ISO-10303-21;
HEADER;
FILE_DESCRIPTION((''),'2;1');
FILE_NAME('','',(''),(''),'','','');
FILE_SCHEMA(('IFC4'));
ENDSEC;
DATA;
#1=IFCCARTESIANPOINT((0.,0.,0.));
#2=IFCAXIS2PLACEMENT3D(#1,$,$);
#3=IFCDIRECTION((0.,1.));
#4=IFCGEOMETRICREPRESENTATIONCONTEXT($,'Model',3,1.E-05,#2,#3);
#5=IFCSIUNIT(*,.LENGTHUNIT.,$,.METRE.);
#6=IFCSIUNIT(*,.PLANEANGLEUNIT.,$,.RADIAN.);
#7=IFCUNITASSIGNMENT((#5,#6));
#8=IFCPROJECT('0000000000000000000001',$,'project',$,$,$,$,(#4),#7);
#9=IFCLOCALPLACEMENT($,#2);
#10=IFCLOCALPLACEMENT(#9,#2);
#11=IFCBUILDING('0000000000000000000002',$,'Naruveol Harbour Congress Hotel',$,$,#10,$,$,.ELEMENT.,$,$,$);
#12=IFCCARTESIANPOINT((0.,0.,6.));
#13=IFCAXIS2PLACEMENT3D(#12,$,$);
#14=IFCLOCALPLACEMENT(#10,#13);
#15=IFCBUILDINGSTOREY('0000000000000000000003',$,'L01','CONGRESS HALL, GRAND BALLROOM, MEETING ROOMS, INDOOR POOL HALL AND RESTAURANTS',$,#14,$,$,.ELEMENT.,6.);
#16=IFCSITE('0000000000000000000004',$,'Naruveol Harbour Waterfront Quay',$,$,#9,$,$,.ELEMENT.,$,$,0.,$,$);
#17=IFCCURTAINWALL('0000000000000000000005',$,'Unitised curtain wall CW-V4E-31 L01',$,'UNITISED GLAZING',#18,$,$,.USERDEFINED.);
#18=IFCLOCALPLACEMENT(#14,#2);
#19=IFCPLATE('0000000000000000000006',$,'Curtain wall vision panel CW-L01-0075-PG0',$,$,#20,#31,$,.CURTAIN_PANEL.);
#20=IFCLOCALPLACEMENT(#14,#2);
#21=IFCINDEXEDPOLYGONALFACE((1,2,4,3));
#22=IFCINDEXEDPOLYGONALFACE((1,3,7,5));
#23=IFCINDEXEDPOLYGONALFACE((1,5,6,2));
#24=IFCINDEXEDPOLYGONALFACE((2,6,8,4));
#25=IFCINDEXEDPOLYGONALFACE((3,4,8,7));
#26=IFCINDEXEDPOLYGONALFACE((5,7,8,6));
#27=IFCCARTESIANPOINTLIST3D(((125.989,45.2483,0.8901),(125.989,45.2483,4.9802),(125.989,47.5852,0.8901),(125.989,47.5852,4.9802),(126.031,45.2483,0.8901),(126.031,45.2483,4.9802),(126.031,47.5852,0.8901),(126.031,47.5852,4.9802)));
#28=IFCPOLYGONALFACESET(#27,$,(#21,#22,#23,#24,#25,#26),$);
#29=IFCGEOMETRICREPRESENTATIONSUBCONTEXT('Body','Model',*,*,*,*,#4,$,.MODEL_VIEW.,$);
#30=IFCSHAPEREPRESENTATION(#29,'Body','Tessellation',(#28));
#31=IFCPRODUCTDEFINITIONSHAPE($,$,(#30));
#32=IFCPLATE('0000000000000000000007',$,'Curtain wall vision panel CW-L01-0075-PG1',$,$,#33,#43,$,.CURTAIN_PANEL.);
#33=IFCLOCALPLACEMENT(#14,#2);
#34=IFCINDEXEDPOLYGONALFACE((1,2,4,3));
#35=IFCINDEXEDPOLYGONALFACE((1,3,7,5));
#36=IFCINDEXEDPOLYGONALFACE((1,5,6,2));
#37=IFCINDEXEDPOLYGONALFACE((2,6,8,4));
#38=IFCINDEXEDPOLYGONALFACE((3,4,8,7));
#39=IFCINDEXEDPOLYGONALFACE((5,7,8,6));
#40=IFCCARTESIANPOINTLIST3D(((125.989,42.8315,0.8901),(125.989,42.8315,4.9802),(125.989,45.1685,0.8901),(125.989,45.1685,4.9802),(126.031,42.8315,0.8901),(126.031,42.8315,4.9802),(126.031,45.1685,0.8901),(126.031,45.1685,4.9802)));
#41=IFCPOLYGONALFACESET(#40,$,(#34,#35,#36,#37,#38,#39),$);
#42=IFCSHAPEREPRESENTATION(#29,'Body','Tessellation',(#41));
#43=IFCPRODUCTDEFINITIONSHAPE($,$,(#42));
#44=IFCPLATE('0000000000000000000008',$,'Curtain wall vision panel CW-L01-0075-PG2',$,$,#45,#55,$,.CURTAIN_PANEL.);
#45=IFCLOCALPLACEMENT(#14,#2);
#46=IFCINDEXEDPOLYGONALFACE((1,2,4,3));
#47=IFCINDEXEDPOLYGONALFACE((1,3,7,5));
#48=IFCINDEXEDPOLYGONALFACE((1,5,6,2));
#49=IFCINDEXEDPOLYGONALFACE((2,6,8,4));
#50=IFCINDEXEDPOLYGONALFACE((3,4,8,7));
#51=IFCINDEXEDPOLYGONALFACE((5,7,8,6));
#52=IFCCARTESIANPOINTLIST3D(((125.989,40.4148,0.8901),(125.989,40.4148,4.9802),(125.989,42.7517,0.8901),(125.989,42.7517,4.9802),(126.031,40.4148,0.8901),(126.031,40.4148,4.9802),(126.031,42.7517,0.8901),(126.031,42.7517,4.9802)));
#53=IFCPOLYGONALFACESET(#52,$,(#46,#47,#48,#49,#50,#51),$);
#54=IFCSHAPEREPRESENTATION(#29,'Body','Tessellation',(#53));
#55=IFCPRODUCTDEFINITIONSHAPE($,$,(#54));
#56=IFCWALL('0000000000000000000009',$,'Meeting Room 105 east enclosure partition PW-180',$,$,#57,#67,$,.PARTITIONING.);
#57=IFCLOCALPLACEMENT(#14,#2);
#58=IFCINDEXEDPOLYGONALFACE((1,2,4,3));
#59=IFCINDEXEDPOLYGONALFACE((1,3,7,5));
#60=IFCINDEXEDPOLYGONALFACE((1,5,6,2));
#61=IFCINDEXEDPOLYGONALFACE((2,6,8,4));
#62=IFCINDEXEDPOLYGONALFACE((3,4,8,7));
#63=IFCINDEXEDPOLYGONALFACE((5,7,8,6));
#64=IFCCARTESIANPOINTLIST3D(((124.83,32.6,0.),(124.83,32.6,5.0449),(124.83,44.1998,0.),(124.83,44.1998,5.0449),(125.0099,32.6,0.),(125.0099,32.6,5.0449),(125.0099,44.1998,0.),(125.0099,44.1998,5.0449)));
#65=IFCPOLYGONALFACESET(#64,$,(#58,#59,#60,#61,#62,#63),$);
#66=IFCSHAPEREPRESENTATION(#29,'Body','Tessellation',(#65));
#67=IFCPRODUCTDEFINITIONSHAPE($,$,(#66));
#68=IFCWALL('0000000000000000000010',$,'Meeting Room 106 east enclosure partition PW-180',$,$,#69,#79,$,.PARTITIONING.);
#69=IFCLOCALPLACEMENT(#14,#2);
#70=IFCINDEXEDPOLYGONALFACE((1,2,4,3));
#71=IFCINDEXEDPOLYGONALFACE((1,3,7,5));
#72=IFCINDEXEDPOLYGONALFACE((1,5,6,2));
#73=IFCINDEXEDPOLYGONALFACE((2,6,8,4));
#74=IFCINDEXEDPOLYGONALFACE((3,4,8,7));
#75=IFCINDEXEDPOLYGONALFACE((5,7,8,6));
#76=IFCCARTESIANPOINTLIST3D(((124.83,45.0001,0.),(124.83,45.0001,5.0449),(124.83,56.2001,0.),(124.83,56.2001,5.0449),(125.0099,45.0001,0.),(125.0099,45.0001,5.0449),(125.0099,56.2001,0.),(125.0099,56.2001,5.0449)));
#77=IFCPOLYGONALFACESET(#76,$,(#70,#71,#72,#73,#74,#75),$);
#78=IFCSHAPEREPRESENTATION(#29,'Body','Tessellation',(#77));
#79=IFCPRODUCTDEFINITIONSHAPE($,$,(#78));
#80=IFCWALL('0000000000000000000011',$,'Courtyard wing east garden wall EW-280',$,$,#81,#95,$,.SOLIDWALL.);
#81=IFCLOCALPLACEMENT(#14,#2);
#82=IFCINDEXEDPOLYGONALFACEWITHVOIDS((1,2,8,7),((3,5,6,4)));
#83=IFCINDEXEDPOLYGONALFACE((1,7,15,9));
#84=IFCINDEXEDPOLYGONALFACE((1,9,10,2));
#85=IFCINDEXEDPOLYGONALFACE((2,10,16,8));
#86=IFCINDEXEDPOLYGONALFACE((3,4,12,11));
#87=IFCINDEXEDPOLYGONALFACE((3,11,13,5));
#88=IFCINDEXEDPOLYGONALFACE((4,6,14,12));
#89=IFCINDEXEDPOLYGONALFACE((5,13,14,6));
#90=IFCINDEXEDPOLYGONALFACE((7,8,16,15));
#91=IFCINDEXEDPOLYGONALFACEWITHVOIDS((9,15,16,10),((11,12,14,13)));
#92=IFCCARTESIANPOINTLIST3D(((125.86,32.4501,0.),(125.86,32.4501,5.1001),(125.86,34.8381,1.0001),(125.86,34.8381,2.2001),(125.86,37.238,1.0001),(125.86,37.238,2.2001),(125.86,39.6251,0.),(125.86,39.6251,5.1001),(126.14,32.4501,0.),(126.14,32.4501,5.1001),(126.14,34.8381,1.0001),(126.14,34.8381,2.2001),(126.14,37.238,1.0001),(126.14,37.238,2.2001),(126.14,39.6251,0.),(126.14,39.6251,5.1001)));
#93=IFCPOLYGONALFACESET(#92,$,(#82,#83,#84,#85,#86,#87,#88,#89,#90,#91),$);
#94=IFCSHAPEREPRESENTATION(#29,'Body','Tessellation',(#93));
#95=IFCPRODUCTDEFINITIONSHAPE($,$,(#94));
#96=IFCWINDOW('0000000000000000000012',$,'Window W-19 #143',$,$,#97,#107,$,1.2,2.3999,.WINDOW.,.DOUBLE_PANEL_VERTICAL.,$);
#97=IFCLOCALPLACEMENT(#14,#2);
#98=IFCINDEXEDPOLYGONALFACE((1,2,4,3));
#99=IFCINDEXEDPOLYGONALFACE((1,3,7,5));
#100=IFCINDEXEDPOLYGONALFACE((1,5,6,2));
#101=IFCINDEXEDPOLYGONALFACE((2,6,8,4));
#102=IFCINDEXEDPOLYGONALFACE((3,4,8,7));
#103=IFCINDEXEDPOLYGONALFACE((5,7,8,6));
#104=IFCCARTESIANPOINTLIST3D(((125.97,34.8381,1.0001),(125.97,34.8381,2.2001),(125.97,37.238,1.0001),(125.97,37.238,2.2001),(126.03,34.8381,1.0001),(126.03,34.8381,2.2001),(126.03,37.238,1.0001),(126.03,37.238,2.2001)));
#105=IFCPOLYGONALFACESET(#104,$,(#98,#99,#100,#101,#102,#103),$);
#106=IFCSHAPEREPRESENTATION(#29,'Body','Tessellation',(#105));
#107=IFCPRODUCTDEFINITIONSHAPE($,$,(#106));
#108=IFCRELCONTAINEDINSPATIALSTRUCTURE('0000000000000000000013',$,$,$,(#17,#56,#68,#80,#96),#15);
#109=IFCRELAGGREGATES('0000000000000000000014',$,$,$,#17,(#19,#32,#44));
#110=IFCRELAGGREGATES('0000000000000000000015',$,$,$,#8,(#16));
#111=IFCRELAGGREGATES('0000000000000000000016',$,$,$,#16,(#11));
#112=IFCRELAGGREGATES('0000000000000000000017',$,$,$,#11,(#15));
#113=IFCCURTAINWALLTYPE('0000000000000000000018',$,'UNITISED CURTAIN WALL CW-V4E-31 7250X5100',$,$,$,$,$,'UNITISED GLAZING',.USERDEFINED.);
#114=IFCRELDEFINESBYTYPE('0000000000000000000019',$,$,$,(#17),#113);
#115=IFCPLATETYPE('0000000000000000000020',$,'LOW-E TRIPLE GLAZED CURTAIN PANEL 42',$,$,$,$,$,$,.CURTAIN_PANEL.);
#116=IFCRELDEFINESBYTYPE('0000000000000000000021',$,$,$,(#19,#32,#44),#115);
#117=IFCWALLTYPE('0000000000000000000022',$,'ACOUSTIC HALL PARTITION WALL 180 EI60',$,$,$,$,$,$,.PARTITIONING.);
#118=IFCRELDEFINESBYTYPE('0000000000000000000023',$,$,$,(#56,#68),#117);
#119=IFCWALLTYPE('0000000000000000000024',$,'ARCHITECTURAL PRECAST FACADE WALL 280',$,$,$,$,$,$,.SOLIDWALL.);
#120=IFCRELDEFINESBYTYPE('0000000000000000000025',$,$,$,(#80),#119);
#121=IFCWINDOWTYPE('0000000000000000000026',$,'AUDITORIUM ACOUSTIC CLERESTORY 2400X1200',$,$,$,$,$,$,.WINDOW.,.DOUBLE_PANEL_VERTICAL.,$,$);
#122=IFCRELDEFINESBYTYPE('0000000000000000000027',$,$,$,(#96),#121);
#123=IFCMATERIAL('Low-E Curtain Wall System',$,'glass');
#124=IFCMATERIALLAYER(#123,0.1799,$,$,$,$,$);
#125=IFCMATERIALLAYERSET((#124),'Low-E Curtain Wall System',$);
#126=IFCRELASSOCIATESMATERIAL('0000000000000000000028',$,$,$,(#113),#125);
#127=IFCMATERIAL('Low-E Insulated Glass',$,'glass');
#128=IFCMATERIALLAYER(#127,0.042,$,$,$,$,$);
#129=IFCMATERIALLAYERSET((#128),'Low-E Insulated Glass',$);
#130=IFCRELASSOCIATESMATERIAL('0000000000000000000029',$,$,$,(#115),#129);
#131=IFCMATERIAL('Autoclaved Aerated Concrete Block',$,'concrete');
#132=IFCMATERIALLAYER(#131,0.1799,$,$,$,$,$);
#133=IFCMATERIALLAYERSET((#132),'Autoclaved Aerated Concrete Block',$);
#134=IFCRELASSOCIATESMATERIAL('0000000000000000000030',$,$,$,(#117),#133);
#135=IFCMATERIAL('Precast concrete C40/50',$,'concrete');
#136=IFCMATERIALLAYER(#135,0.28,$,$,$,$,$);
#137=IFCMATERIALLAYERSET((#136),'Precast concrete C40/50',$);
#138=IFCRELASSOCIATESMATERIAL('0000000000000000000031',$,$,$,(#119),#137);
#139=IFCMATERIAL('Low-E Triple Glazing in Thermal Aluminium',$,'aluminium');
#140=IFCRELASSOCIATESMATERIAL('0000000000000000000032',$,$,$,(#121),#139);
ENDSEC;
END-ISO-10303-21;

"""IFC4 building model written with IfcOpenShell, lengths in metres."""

from ifc_helpers import new_model, si_unit, direction, frame, frame_2d, origin, origin_2d, place, context, subcontext, project, spatial, rectangle, extrude, material, layer, layer_set, type_object, element, fill, aggregate, save


model = new_model("IFC4")

# Units and contexts
model_context = context("Model", 3, precision=1e-05, world=origin(), true_north=direction((0.0, 1.0)))
body_context = subcontext(model_context, "Body", "Model", "MODEL_VIEW")
ifc_project = project(units=[si_unit("LENGTHUNIT", "METRE"), si_unit("PLANEANGLEUNIT", "RADIAN")], contexts=[model_context])

# Site, building, storey
site_placement = place(None, origin())
site = spatial("IfcSite", under=ifc_project, at=site_placement, Name="Naruveol Harbour Waterfront Quay", CompositionType="ELEMENT", RefElevation=0.0)
building_placement = place(site_placement, origin())
building = spatial("IfcBuilding", under=site, at=building_placement, Name="Naruveol Harbour Congress Hotel", CompositionType="ELEMENT")
storey_placement = place(building_placement, frame((0.0, 0.0, 6.0)))
storey = spatial("IfcBuildingStorey", under=building, at=storey_placement, Name="L01", Description="CONGRESS HALL, GRAND BALLROOM, MEETING ROOMS, INDOOR POOL HALL AND RESTAURANTS", CompositionType="ELEMENT", Elevation=6.0)

# Shared definitions
ifc_material_1 = material(Name="Low-E Curtain Wall System", Category="glass")
ifc_layer_1 = layer(ifc_material_1, 0.1799)
ifc_layer_set_1 = layer_set([ifc_layer_1], Name="Low-E Curtain Wall System")
curtain_wall_type = type_object("IfcCurtainWallType", Name="UNITISED CURTAIN WALL CW-V4E-31 7250X5100", ElementType="UNITISED GLAZING", PredefinedType="USERDEFINED", material=ifc_layer_set_1)

# Curtain wall
curtain_wall_1_placement = place(storey_placement, origin())
curtain_wall_1 = element("IfcCurtainWall", 1, at=curtain_wall_1_placement, inside=storey, type_object=curtain_wall_type, Name="Unitised curtain wall CW-V4E-31 L01", ObjectType="UNITISED GLAZING", PredefinedType="USERDEFINED")

# Plates
ifc_material_2 = material(Name="Low-E Insulated Glass", Category="glass")
ifc_layer_2 = layer(ifc_material_2, 0.042)
ifc_layer_set_2 = layer_set([ifc_layer_2], Name="Low-E Insulated Glass")
plate_type_1 = type_object("IfcPlateType", Name="LOW-E TRIPLE GLAZED CURTAIN PANEL 42", PredefinedType="CURTAIN_PANEL", material=ifc_layer_set_2)
plate_1_placement = place(storey_placement, frame((126.01, 46.4167, 0.8901), z_axis=(0.0, 0.0, 1.0), x_axis=(0.0, -1.0, 0.0)))
plate_1 = element("IfcPlate", 2, at=plate_1_placement, type_object=plate_type_1, Name="Curtain wall vision panel CW-L01-0075-PG0", PredefinedType="CURTAIN_PANEL", context=body_context, shape_type="SweptSolid", body=[
    extrude(rectangle(XDim=2.3369, YDim=0.042, at=origin_2d()), origin(), (0.0, 0.0, 1.0), 4.0901),
])
plate_2_placement = place(storey_placement, frame((126.01, 44.0, 0.8901), z_axis=(0.0, 0.0, 1.0), x_axis=(0.0, -1.0, 0.0)))
plate_2 = element("IfcPlate", 3, at=plate_2_placement, type_object=plate_type_1, Name="Curtain wall vision panel CW-L01-0075-PG1", PredefinedType="CURTAIN_PANEL", context=body_context, shape_type="SweptSolid", body=[
    extrude(rectangle(XDim=2.3369, YDim=0.042, at=origin_2d()), origin(), (0.0, 0.0, 1.0), 4.0901),
])
plate_3_placement = place(storey_placement, frame((126.01, 41.5833, 0.8901), z_axis=(0.0, 0.0, 1.0), x_axis=(0.0, -1.0, 0.0)))
plate_3 = element("IfcPlate", 4, at=plate_3_placement, type_object=plate_type_1, Name="Curtain wall vision panel CW-L01-0075-PG2", PredefinedType="CURTAIN_PANEL", context=body_context, shape_type="SweptSolid", body=[
    extrude(rectangle(XDim=2.3369, YDim=0.042, at=origin_2d()), origin(), (0.0, 0.0, 1.0), 4.0901),
])
aggregate(curtain_wall_1, [plate_1, plate_2, plate_3])

# Walls
ifc_material_3 = material(Name="Autoclaved Aerated Concrete Block", Category="concrete")
ifc_layer_3 = layer(ifc_material_3, 0.1799)
ifc_layer_set_3 = layer_set([ifc_layer_3], Name="Autoclaved Aerated Concrete Block")
wall_type_1 = type_object("IfcWallType", Name="ACOUSTIC HALL PARTITION WALL 180 EI60", PredefinedType="PARTITIONING", material=ifc_layer_set_3)
wall_1_placement = place(storey_placement, frame((124.9199, 32.6001, 0.0), z_axis=(0.0, 0.0, 1.0), x_axis=(0.0, 1.0, 0.0)))
element("IfcWall", 5, at=wall_1_placement, inside=storey, type_object=wall_type_1, Name="Meeting Room 105 east enclosure partition PW-180", PredefinedType="PARTITIONING", context=body_context, shape_type="SweptSolid", body=[
    extrude(rectangle(XDim=11.5999, YDim=0.1799, at=frame_2d((5.7998, 0.0))), origin(), (0.0, 0.0, 1.0), 5.0449),
])
wall_2_placement = place(storey_placement, frame((124.9199, 45.0, 0.0), z_axis=(0.0, 0.0, 1.0), x_axis=(0.0, 1.0, 0.0)))
element("IfcWall", 6, at=wall_2_placement, inside=storey, type_object=wall_type_1, Name="Meeting Room 106 east enclosure partition PW-180", PredefinedType="PARTITIONING", context=body_context, shape_type="SweptSolid", body=[
    extrude(rectangle(XDim=11.2, YDim=0.1799, at=frame_2d((5.6001, 0.0))), origin(), (0.0, 0.0, 1.0), 5.0449),
])

# Wall, opening, window
ifc_material_4 = material(Name="Precast concrete C40/50", Category="concrete")
ifc_layer_4 = layer(ifc_material_4, 0.28)
ifc_layer_set_4 = layer_set([ifc_layer_4], Name="Precast concrete C40/50")
wall_type_2 = type_object("IfcWallType", Name="ARCHITECTURAL PRECAST FACADE WALL 280", PredefinedType="SOLIDWALL", material=ifc_layer_set_4)
wall_3_placement = place(storey_placement, frame((126.0, 39.625, 0.0), z_axis=(0.0, 0.0, 1.0), x_axis=(0.0, -1.0, 0.0)))
wall_3 = element("IfcWall", 7, at=wall_3_placement, inside=storey, type_object=wall_type_2, Name="Courtyard wing east garden wall EW-280", PredefinedType="SOLIDWALL", context=body_context, shape_type="SweptSolid", body=[
    extrude(rectangle(XDim=7.175, YDim=0.28, at=frame_2d((3.5874, 0.0))), origin(), (0.0, 0.0, 1.0), 5.1001),
])
opening_placement = place(wall_3_placement, frame((2.387, 0.0, 1.0)))
opening = element("IfcOpeningElement", 8, at=opening_placement, cuts=wall_3, PredefinedType="OPENING", context=body_context, shape_type="SweptSolid", body=[
    extrude(rectangle(XDim=2.3999, YDim=1.2, at=frame_2d((1.2, 0.6001))), frame((0.0, 0.1499, 0.0), z_axis=(0.0, -1.0, 0.0), x_axis=(1.0, 0.0, 0.0)), (0.0, 0.0, 1.0), 0.3),
])
ifc_material_5 = material(Name="Low-E Triple Glazing in Thermal Aluminium", Category="aluminium")
window_type = type_object("IfcWindowType", Name="AUDITORIUM ACOUSTIC CLERESTORY 2400X1200", PartitioningType="DOUBLE_PANEL_VERTICAL", PredefinedType="WINDOW", material=ifc_material_5)
window_placement = place(opening_placement, origin())
window = element("IfcWindow", 9, at=window_placement, inside=storey, type_object=window_type, Name="Window W-19 #143", OverallHeight=1.2, OverallWidth=2.3999, PartitioningType="DOUBLE_PANEL_VERTICAL", PredefinedType="WINDOW", context=body_context, shape_type="SweptSolid", body=[
    extrude(rectangle(XDim=2.3999, YDim=1.2, at=frame_2d((1.2, 0.6001))), frame((0.0, 0.03, 0.0), z_axis=(0.0, -1.0, 0.0), x_axis=(1.0, 0.0, 0.0)), (0.0, 0.0, 1.0), 0.0601),
])
fill(opening, window)

save(model, "model.ifc")
